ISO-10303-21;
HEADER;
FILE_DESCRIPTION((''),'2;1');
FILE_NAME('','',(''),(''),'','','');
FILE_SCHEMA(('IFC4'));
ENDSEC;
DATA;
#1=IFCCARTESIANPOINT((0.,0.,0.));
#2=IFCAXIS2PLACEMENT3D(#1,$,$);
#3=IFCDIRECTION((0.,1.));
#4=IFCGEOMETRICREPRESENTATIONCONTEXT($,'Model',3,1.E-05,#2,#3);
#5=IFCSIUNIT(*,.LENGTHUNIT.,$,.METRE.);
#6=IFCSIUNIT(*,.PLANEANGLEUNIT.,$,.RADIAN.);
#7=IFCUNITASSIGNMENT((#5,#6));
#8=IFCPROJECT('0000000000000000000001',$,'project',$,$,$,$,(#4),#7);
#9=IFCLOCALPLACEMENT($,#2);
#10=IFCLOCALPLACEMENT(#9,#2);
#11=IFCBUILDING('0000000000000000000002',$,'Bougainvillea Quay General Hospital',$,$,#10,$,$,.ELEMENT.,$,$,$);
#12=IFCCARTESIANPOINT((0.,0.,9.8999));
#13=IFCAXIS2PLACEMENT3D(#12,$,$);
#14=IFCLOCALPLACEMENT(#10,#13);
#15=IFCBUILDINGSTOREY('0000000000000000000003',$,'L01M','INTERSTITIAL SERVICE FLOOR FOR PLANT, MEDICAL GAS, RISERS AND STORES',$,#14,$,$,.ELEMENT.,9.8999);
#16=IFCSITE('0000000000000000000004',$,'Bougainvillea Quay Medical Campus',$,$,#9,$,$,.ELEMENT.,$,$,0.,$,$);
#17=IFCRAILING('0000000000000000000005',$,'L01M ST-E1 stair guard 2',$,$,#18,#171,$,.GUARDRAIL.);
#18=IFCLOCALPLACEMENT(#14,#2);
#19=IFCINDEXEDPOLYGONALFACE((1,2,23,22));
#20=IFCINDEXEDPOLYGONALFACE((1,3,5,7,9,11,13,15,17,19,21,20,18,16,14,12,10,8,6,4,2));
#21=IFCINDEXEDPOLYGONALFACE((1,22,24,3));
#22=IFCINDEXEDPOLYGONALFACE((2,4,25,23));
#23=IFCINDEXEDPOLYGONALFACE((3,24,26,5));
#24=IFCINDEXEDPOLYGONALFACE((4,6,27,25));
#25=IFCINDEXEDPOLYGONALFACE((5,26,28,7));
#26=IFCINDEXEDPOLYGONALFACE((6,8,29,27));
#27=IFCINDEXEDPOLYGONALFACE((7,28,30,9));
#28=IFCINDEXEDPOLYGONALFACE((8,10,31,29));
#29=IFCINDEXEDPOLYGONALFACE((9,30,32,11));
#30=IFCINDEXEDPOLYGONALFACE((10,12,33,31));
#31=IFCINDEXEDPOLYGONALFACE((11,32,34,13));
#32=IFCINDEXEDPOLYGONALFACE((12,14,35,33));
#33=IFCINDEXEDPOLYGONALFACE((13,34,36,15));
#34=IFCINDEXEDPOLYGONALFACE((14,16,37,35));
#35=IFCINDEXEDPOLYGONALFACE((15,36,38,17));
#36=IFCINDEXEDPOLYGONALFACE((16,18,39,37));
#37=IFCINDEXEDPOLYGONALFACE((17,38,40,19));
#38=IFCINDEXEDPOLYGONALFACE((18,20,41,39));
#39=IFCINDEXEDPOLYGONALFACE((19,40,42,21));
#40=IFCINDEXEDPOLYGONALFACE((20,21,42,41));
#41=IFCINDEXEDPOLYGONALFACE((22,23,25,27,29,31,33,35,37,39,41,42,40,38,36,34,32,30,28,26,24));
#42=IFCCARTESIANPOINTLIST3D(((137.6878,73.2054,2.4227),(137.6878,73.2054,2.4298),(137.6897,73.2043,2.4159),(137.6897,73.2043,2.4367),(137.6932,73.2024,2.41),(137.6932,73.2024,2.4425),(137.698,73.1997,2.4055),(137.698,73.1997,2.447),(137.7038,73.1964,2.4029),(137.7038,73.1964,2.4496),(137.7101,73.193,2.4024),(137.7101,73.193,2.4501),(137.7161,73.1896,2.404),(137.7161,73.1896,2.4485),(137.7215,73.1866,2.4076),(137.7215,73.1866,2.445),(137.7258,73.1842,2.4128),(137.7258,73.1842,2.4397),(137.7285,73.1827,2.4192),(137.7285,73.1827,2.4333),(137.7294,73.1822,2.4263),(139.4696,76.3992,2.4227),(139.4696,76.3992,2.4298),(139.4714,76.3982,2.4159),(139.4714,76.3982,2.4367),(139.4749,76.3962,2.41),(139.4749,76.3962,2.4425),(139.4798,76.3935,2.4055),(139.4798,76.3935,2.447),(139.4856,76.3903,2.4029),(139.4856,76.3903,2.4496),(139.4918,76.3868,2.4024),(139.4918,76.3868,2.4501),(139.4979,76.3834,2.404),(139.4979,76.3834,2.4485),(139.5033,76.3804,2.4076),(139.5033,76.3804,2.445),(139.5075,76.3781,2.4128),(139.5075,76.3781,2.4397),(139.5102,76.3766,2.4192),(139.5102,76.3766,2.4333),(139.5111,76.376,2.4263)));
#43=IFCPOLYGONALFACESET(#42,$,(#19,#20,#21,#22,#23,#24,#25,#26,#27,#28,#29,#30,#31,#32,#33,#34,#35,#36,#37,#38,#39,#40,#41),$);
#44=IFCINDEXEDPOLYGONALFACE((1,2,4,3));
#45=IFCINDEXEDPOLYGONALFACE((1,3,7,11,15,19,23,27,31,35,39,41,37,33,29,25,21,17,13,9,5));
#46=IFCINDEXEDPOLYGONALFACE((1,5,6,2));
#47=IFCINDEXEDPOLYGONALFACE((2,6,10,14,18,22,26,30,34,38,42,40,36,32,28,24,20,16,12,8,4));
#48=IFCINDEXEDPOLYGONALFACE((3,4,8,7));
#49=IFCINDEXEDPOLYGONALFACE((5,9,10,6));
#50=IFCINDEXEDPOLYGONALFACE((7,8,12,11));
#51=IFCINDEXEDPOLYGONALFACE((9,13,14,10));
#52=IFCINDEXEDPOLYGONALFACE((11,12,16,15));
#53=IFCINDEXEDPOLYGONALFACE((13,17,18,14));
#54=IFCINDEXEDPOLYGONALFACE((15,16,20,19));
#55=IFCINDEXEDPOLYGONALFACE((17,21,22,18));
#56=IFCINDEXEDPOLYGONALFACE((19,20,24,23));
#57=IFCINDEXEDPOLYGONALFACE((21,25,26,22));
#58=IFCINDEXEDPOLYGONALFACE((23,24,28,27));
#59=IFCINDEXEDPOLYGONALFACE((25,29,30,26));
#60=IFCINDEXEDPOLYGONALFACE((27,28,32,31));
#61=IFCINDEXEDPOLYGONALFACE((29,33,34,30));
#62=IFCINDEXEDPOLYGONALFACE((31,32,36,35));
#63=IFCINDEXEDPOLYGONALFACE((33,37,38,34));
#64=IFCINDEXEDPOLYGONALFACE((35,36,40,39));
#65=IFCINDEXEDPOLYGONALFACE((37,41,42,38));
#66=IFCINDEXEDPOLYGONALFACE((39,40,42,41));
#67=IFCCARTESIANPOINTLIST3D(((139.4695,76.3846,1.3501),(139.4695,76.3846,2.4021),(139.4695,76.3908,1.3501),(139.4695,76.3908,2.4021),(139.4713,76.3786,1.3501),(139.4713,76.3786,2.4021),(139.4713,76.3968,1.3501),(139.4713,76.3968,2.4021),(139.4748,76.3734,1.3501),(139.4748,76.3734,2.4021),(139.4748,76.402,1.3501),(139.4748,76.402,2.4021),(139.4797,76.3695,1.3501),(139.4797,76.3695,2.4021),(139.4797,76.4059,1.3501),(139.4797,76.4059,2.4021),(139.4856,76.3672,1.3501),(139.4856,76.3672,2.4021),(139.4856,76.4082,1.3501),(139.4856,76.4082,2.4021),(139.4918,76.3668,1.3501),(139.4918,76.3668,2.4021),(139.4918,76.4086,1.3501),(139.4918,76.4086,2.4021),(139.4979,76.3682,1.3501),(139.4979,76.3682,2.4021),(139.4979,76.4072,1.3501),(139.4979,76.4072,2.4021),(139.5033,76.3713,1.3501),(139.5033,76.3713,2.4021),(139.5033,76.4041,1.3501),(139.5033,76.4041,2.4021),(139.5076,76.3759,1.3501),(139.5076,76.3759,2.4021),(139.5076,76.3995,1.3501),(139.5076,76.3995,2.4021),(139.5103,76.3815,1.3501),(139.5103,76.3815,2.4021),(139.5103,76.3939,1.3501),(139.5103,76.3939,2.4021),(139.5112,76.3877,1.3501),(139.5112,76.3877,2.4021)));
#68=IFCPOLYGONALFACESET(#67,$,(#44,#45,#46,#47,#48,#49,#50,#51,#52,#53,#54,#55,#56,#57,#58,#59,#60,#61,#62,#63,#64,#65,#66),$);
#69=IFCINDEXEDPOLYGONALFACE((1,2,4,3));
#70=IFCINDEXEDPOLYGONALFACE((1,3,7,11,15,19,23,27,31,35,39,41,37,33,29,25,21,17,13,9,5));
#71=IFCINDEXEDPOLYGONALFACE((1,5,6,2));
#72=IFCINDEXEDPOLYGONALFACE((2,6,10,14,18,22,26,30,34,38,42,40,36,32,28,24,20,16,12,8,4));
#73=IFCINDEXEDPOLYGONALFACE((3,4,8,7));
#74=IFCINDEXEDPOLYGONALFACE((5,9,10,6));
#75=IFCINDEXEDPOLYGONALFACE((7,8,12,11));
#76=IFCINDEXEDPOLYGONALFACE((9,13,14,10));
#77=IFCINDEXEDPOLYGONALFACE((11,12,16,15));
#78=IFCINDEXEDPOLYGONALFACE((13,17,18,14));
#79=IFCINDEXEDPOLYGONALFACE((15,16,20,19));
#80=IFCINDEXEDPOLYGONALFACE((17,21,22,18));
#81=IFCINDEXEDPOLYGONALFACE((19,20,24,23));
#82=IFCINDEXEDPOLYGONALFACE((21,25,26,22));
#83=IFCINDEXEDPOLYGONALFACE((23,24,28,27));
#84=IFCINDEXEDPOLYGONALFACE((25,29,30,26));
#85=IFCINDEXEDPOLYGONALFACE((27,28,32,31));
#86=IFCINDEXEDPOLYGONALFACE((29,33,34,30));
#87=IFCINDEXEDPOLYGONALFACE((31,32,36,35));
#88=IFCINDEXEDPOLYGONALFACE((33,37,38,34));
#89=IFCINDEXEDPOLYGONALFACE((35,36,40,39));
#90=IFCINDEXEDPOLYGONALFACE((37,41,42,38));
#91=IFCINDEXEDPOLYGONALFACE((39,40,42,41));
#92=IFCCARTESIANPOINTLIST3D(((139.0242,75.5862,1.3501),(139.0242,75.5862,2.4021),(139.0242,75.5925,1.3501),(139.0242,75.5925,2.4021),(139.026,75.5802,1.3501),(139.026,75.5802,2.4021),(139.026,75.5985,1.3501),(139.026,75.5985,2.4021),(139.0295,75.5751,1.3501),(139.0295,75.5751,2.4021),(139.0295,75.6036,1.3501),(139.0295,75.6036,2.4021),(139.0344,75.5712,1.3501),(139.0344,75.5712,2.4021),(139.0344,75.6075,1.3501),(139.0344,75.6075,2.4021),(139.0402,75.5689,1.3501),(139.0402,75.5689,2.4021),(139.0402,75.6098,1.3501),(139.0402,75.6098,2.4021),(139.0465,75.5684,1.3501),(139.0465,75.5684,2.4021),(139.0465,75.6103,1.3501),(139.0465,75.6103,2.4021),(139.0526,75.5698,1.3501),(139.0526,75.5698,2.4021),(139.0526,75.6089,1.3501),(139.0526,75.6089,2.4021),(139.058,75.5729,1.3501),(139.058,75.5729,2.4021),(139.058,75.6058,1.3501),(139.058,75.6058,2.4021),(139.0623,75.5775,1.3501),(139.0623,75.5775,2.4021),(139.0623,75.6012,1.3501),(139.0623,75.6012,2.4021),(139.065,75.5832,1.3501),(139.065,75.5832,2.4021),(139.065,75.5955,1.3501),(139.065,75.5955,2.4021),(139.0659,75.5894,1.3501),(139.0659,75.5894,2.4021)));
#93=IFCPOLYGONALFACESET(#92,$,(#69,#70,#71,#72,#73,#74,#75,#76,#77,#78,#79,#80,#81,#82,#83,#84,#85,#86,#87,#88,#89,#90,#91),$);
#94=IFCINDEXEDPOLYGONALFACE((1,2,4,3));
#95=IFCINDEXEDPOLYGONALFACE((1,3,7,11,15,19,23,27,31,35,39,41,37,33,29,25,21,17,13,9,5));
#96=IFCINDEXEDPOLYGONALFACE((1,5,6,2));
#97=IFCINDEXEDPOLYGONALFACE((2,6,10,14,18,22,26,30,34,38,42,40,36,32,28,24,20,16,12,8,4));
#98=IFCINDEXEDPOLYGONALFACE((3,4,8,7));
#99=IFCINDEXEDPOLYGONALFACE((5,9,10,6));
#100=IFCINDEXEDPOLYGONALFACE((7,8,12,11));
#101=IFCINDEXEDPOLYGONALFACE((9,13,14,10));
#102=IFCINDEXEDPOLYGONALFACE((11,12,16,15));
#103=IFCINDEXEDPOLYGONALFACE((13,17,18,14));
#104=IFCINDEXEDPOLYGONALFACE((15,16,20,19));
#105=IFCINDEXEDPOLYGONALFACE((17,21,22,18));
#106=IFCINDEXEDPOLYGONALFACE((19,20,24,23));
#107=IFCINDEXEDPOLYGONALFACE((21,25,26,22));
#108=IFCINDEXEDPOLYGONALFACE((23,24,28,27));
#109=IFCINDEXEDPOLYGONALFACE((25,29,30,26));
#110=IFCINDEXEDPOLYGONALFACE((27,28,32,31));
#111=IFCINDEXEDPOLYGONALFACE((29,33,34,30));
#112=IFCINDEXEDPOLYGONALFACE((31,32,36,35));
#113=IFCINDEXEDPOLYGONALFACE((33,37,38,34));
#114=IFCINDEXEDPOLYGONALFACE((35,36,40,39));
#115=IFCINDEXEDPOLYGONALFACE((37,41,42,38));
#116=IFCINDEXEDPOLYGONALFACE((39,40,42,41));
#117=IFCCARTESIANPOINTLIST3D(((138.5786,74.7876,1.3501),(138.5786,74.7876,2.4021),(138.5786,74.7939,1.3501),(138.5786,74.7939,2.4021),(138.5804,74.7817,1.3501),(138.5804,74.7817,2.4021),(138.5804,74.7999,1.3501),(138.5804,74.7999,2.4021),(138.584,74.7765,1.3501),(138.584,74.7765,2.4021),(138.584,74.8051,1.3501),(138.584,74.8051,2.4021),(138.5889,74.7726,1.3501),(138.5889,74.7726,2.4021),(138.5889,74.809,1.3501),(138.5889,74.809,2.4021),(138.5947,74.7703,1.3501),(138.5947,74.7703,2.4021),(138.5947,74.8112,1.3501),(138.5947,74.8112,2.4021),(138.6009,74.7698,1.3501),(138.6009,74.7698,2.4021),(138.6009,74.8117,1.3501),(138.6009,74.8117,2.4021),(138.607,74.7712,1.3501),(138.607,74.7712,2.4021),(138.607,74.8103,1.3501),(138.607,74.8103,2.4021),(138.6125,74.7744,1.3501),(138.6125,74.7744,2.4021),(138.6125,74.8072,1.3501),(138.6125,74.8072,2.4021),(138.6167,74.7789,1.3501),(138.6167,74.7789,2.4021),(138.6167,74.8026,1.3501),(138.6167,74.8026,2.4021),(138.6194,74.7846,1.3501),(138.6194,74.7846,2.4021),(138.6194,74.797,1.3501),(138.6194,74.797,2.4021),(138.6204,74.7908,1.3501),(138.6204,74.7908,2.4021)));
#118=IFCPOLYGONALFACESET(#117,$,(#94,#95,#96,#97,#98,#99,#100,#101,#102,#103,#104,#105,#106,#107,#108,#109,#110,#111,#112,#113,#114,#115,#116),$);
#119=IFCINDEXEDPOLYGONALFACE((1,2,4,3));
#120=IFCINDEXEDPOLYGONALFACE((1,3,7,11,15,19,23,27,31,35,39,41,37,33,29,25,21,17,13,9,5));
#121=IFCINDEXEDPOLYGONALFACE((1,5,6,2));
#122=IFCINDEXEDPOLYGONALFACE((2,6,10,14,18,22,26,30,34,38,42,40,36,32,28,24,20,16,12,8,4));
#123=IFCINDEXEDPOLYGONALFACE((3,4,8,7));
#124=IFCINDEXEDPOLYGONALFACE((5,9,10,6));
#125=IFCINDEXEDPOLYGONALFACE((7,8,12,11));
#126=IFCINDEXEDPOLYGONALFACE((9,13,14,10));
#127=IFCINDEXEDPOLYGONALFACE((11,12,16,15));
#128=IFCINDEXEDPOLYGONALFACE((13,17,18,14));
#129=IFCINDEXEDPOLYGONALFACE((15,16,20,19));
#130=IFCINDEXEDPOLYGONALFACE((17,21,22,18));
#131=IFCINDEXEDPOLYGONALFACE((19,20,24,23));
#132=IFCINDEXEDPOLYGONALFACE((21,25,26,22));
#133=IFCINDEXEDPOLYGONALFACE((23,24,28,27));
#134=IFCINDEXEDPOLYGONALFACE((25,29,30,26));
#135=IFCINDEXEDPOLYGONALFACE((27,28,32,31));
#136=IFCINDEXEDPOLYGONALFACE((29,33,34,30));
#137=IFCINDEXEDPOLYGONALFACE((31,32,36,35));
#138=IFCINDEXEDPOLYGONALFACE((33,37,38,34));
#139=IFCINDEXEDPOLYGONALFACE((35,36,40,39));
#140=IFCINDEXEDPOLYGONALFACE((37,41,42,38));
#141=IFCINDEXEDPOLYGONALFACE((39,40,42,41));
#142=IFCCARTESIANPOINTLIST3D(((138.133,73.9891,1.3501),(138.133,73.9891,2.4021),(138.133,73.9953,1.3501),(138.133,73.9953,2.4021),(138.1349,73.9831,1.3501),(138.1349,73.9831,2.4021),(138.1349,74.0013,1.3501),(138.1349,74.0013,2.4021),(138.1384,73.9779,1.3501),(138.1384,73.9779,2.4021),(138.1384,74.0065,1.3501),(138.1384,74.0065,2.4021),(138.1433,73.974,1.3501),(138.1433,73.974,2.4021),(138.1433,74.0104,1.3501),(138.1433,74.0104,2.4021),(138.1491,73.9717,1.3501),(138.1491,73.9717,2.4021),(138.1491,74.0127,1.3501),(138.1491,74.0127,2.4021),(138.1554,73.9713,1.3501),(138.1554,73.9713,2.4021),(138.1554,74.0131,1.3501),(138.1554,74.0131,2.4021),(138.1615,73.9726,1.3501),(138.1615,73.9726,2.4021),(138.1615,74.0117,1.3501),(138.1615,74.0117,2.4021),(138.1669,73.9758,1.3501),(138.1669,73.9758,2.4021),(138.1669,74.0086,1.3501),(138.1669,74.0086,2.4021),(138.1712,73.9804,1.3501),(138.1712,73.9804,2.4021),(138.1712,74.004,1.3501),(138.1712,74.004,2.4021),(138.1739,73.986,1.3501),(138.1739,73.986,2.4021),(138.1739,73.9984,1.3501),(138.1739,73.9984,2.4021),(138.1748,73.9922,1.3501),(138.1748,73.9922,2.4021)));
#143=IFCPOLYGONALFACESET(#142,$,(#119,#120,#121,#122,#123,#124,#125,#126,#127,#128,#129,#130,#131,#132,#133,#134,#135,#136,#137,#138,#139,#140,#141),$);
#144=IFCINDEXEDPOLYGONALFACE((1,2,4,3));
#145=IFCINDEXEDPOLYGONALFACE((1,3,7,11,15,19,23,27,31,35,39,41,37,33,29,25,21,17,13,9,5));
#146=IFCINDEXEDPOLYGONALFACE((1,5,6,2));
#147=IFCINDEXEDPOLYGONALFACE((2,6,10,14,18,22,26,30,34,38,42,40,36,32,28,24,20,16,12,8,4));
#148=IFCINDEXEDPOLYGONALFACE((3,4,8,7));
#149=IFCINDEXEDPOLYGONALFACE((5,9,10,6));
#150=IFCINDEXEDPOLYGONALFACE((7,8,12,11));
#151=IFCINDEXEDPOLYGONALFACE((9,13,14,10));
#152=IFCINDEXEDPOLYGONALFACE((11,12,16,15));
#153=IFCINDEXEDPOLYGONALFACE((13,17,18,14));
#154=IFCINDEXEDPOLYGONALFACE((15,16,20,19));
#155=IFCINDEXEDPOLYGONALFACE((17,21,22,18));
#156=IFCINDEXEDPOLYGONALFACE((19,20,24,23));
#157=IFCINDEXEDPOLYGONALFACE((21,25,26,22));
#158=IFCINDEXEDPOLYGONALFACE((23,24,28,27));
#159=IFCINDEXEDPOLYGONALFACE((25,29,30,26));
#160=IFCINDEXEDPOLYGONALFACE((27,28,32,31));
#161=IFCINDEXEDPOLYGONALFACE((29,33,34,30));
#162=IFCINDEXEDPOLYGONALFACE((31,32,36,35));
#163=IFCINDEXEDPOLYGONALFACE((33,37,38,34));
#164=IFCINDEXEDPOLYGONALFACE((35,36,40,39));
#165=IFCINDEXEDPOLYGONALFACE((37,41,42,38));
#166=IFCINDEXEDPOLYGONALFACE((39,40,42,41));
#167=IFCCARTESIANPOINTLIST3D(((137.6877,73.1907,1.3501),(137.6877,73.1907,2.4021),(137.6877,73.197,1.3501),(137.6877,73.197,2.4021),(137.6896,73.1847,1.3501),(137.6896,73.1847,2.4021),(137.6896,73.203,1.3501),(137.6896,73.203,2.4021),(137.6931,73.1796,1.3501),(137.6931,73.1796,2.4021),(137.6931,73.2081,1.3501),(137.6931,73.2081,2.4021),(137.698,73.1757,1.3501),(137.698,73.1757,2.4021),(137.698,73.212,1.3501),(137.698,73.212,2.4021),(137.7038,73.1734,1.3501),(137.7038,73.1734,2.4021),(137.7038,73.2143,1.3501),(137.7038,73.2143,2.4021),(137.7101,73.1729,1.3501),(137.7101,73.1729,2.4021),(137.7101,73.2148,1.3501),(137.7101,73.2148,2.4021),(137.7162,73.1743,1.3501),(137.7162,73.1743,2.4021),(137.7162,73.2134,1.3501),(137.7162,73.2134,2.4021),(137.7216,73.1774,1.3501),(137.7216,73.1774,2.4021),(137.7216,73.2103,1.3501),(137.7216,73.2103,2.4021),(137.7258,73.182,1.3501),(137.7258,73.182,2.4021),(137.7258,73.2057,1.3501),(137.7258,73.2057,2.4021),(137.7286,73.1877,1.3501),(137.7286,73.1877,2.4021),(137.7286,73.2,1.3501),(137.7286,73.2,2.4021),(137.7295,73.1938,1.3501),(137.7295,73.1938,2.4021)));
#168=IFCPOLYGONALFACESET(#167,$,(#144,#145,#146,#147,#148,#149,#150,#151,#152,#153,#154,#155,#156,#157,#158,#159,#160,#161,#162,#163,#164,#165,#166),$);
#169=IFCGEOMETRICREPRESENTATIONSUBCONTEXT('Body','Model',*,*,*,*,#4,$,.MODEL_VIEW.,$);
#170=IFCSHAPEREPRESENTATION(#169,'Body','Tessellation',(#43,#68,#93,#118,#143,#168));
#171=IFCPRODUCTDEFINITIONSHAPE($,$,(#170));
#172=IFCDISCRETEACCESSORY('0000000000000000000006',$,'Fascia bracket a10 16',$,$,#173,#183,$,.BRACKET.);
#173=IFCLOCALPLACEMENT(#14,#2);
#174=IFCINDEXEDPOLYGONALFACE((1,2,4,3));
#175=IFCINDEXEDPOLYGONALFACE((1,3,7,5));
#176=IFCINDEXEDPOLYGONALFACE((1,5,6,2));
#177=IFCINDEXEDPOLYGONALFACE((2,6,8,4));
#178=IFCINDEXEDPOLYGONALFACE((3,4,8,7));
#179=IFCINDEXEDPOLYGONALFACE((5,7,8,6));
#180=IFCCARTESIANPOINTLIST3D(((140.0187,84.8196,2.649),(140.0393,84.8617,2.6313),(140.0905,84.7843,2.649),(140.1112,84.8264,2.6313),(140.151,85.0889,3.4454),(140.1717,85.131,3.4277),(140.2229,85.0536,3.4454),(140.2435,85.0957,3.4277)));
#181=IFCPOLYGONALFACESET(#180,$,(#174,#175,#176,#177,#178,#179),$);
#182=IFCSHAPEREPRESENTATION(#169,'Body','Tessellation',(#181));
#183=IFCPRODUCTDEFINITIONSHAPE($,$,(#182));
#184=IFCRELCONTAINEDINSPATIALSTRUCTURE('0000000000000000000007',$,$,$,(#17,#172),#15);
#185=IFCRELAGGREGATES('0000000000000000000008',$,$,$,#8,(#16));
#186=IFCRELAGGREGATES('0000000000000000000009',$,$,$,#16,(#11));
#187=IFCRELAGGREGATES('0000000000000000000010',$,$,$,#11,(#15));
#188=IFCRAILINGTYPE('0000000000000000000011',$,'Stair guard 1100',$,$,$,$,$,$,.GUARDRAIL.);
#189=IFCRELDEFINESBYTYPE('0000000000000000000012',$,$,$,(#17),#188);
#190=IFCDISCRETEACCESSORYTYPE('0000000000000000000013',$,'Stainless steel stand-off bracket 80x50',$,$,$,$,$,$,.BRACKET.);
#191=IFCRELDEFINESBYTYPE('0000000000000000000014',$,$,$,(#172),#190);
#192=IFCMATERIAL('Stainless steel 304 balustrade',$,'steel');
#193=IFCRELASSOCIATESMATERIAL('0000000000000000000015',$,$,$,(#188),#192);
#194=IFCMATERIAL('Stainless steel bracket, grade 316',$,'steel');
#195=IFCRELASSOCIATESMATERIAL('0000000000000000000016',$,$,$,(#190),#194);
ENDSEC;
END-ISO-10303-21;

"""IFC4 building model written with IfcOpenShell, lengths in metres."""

from ifc_helpers import new_model, si_unit, direction, frame, origin, origin_2d, place, context, subcontext, project, spatial, rectangle, circle, extrude, material, material_profile, profile_set, type_object, element, save


model = new_model("IFC4")

# Units and contexts
model_context = context("Model", 3, precision=1e-05, world=origin(), true_north=direction((0.0, 1.0)))
body_context = subcontext(model_context, "Body", "Model", "MODEL_VIEW")
ifc_project = project(units=[si_unit("LENGTHUNIT", "METRE"), si_unit("PLANEANGLEUNIT", "RADIAN")], contexts=[model_context])

# Site, building, storey
site_placement = place(None, origin())
site = spatial("IfcSite", under=ifc_project, at=site_placement, Name="Bougainvillea Quay Medical Campus", CompositionType="ELEMENT", RefElevation=0.0)
building_placement = place(site_placement, origin())
building = spatial("IfcBuilding", under=site, at=building_placement, Name="Bougainvillea Quay General Hospital", CompositionType="ELEMENT")
storey_placement = place(building_placement, frame((0.0, 0.0, 9.8999)))
storey = spatial("IfcBuildingStorey", under=building, at=storey_placement, Name="L01M", Description="INTERSTITIAL SERVICE FLOOR FOR PLANT, MEDICAL GAS, RISERS AND STORES", CompositionType="ELEMENT", Elevation=9.8999)

# Railing
ifc_material_1 = material(Name="Stainless steel 304 balustrade", Category="steel")
railing_type = type_object("IfcRailingType", Name="Stair guard 1100", PredefinedType="GUARDRAIL", material=ifc_material_1)
railing_placement = place(storey_placement, frame((139.4902, 76.3877, 1.3501)))
element("IfcRailing", 1, at=railing_placement, inside=storey, type_object=railing_type, Name="L01M ST-E1 stair guard 2", PredefinedType="GUARDRAIL", context=body_context, shape_type="SweptSolid", body=[
    extrude(circle(Radius=0.0239, at=origin_2d()), frame((0.0, 0.0, 1.0762), z_axis=(-0.487184, -0.873299, 0.0), x_axis=(0.873299, -0.487184, 0.0)), (0.0, 0.0, 1.0), 3.6572),
    extrude(circle(Radius=0.021, at=origin_2d()), origin(), (0.0, 0.0, 1.0), 1.052),
    extrude(circle(Radius=0.021, at=origin_2d()), frame((-0.4453, -0.7983, 0.0)), (0.0, 0.0, 1.0), 1.052),
    extrude(circle(Radius=0.021, at=origin_2d()), frame((-0.8909, -1.5969, 0.0)), (0.0, 0.0, 1.0), 1.052),
    extrude(circle(Radius=0.021, at=origin_2d()), frame((-1.3364, -2.3955, 0.0)), (0.0, 0.0, 1.0), 1.052),
    extrude(circle(Radius=0.021, at=origin_2d()), frame((-1.7817, -3.1938, 0.0)), (0.0, 0.0, 1.0), 1.052),
])

# Discrete accessory
ifc_material_2 = material(Name="Stainless steel bracket, grade 316", Category="steel")
ifc_material_profile_1 = material_profile(ifc_material_2, rectangle(XDim=0.0801, YDim=0.05, at=origin_2d()))
ifc_profile_set_1 = profile_set([ifc_material_profile_1], Name="Stainless steel bracket, grade 316")
discrete_accessory_type = type_object("IfcDiscreteAccessoryType", Name="Stainless steel stand-off bracket 80x50", PredefinedType="BRACKET", material=ifc_profile_set_1)
discrete_accessory_placement = place(storey_placement, frame((140.0649, 84.823, 2.6401), z_axis=(0.155487, 0.316424, 0.935788), x_axis=(-0.897498, 0.441019, 0.0)))
element("IfcDiscreteAccessory", 2, at=discrete_accessory_placement, inside=storey, type_object=discrete_accessory_type, Name="Fascia bracket a10 16", PredefinedType="BRACKET", context=body_context, shape_type="SweptSolid", body=[
    extrude(rectangle(XDim=0.0801, YDim=0.05, at=origin_2d()), origin(), (0.0, 0.0, 1.0), 0.8511),
])

save(model, "model.ifc")
